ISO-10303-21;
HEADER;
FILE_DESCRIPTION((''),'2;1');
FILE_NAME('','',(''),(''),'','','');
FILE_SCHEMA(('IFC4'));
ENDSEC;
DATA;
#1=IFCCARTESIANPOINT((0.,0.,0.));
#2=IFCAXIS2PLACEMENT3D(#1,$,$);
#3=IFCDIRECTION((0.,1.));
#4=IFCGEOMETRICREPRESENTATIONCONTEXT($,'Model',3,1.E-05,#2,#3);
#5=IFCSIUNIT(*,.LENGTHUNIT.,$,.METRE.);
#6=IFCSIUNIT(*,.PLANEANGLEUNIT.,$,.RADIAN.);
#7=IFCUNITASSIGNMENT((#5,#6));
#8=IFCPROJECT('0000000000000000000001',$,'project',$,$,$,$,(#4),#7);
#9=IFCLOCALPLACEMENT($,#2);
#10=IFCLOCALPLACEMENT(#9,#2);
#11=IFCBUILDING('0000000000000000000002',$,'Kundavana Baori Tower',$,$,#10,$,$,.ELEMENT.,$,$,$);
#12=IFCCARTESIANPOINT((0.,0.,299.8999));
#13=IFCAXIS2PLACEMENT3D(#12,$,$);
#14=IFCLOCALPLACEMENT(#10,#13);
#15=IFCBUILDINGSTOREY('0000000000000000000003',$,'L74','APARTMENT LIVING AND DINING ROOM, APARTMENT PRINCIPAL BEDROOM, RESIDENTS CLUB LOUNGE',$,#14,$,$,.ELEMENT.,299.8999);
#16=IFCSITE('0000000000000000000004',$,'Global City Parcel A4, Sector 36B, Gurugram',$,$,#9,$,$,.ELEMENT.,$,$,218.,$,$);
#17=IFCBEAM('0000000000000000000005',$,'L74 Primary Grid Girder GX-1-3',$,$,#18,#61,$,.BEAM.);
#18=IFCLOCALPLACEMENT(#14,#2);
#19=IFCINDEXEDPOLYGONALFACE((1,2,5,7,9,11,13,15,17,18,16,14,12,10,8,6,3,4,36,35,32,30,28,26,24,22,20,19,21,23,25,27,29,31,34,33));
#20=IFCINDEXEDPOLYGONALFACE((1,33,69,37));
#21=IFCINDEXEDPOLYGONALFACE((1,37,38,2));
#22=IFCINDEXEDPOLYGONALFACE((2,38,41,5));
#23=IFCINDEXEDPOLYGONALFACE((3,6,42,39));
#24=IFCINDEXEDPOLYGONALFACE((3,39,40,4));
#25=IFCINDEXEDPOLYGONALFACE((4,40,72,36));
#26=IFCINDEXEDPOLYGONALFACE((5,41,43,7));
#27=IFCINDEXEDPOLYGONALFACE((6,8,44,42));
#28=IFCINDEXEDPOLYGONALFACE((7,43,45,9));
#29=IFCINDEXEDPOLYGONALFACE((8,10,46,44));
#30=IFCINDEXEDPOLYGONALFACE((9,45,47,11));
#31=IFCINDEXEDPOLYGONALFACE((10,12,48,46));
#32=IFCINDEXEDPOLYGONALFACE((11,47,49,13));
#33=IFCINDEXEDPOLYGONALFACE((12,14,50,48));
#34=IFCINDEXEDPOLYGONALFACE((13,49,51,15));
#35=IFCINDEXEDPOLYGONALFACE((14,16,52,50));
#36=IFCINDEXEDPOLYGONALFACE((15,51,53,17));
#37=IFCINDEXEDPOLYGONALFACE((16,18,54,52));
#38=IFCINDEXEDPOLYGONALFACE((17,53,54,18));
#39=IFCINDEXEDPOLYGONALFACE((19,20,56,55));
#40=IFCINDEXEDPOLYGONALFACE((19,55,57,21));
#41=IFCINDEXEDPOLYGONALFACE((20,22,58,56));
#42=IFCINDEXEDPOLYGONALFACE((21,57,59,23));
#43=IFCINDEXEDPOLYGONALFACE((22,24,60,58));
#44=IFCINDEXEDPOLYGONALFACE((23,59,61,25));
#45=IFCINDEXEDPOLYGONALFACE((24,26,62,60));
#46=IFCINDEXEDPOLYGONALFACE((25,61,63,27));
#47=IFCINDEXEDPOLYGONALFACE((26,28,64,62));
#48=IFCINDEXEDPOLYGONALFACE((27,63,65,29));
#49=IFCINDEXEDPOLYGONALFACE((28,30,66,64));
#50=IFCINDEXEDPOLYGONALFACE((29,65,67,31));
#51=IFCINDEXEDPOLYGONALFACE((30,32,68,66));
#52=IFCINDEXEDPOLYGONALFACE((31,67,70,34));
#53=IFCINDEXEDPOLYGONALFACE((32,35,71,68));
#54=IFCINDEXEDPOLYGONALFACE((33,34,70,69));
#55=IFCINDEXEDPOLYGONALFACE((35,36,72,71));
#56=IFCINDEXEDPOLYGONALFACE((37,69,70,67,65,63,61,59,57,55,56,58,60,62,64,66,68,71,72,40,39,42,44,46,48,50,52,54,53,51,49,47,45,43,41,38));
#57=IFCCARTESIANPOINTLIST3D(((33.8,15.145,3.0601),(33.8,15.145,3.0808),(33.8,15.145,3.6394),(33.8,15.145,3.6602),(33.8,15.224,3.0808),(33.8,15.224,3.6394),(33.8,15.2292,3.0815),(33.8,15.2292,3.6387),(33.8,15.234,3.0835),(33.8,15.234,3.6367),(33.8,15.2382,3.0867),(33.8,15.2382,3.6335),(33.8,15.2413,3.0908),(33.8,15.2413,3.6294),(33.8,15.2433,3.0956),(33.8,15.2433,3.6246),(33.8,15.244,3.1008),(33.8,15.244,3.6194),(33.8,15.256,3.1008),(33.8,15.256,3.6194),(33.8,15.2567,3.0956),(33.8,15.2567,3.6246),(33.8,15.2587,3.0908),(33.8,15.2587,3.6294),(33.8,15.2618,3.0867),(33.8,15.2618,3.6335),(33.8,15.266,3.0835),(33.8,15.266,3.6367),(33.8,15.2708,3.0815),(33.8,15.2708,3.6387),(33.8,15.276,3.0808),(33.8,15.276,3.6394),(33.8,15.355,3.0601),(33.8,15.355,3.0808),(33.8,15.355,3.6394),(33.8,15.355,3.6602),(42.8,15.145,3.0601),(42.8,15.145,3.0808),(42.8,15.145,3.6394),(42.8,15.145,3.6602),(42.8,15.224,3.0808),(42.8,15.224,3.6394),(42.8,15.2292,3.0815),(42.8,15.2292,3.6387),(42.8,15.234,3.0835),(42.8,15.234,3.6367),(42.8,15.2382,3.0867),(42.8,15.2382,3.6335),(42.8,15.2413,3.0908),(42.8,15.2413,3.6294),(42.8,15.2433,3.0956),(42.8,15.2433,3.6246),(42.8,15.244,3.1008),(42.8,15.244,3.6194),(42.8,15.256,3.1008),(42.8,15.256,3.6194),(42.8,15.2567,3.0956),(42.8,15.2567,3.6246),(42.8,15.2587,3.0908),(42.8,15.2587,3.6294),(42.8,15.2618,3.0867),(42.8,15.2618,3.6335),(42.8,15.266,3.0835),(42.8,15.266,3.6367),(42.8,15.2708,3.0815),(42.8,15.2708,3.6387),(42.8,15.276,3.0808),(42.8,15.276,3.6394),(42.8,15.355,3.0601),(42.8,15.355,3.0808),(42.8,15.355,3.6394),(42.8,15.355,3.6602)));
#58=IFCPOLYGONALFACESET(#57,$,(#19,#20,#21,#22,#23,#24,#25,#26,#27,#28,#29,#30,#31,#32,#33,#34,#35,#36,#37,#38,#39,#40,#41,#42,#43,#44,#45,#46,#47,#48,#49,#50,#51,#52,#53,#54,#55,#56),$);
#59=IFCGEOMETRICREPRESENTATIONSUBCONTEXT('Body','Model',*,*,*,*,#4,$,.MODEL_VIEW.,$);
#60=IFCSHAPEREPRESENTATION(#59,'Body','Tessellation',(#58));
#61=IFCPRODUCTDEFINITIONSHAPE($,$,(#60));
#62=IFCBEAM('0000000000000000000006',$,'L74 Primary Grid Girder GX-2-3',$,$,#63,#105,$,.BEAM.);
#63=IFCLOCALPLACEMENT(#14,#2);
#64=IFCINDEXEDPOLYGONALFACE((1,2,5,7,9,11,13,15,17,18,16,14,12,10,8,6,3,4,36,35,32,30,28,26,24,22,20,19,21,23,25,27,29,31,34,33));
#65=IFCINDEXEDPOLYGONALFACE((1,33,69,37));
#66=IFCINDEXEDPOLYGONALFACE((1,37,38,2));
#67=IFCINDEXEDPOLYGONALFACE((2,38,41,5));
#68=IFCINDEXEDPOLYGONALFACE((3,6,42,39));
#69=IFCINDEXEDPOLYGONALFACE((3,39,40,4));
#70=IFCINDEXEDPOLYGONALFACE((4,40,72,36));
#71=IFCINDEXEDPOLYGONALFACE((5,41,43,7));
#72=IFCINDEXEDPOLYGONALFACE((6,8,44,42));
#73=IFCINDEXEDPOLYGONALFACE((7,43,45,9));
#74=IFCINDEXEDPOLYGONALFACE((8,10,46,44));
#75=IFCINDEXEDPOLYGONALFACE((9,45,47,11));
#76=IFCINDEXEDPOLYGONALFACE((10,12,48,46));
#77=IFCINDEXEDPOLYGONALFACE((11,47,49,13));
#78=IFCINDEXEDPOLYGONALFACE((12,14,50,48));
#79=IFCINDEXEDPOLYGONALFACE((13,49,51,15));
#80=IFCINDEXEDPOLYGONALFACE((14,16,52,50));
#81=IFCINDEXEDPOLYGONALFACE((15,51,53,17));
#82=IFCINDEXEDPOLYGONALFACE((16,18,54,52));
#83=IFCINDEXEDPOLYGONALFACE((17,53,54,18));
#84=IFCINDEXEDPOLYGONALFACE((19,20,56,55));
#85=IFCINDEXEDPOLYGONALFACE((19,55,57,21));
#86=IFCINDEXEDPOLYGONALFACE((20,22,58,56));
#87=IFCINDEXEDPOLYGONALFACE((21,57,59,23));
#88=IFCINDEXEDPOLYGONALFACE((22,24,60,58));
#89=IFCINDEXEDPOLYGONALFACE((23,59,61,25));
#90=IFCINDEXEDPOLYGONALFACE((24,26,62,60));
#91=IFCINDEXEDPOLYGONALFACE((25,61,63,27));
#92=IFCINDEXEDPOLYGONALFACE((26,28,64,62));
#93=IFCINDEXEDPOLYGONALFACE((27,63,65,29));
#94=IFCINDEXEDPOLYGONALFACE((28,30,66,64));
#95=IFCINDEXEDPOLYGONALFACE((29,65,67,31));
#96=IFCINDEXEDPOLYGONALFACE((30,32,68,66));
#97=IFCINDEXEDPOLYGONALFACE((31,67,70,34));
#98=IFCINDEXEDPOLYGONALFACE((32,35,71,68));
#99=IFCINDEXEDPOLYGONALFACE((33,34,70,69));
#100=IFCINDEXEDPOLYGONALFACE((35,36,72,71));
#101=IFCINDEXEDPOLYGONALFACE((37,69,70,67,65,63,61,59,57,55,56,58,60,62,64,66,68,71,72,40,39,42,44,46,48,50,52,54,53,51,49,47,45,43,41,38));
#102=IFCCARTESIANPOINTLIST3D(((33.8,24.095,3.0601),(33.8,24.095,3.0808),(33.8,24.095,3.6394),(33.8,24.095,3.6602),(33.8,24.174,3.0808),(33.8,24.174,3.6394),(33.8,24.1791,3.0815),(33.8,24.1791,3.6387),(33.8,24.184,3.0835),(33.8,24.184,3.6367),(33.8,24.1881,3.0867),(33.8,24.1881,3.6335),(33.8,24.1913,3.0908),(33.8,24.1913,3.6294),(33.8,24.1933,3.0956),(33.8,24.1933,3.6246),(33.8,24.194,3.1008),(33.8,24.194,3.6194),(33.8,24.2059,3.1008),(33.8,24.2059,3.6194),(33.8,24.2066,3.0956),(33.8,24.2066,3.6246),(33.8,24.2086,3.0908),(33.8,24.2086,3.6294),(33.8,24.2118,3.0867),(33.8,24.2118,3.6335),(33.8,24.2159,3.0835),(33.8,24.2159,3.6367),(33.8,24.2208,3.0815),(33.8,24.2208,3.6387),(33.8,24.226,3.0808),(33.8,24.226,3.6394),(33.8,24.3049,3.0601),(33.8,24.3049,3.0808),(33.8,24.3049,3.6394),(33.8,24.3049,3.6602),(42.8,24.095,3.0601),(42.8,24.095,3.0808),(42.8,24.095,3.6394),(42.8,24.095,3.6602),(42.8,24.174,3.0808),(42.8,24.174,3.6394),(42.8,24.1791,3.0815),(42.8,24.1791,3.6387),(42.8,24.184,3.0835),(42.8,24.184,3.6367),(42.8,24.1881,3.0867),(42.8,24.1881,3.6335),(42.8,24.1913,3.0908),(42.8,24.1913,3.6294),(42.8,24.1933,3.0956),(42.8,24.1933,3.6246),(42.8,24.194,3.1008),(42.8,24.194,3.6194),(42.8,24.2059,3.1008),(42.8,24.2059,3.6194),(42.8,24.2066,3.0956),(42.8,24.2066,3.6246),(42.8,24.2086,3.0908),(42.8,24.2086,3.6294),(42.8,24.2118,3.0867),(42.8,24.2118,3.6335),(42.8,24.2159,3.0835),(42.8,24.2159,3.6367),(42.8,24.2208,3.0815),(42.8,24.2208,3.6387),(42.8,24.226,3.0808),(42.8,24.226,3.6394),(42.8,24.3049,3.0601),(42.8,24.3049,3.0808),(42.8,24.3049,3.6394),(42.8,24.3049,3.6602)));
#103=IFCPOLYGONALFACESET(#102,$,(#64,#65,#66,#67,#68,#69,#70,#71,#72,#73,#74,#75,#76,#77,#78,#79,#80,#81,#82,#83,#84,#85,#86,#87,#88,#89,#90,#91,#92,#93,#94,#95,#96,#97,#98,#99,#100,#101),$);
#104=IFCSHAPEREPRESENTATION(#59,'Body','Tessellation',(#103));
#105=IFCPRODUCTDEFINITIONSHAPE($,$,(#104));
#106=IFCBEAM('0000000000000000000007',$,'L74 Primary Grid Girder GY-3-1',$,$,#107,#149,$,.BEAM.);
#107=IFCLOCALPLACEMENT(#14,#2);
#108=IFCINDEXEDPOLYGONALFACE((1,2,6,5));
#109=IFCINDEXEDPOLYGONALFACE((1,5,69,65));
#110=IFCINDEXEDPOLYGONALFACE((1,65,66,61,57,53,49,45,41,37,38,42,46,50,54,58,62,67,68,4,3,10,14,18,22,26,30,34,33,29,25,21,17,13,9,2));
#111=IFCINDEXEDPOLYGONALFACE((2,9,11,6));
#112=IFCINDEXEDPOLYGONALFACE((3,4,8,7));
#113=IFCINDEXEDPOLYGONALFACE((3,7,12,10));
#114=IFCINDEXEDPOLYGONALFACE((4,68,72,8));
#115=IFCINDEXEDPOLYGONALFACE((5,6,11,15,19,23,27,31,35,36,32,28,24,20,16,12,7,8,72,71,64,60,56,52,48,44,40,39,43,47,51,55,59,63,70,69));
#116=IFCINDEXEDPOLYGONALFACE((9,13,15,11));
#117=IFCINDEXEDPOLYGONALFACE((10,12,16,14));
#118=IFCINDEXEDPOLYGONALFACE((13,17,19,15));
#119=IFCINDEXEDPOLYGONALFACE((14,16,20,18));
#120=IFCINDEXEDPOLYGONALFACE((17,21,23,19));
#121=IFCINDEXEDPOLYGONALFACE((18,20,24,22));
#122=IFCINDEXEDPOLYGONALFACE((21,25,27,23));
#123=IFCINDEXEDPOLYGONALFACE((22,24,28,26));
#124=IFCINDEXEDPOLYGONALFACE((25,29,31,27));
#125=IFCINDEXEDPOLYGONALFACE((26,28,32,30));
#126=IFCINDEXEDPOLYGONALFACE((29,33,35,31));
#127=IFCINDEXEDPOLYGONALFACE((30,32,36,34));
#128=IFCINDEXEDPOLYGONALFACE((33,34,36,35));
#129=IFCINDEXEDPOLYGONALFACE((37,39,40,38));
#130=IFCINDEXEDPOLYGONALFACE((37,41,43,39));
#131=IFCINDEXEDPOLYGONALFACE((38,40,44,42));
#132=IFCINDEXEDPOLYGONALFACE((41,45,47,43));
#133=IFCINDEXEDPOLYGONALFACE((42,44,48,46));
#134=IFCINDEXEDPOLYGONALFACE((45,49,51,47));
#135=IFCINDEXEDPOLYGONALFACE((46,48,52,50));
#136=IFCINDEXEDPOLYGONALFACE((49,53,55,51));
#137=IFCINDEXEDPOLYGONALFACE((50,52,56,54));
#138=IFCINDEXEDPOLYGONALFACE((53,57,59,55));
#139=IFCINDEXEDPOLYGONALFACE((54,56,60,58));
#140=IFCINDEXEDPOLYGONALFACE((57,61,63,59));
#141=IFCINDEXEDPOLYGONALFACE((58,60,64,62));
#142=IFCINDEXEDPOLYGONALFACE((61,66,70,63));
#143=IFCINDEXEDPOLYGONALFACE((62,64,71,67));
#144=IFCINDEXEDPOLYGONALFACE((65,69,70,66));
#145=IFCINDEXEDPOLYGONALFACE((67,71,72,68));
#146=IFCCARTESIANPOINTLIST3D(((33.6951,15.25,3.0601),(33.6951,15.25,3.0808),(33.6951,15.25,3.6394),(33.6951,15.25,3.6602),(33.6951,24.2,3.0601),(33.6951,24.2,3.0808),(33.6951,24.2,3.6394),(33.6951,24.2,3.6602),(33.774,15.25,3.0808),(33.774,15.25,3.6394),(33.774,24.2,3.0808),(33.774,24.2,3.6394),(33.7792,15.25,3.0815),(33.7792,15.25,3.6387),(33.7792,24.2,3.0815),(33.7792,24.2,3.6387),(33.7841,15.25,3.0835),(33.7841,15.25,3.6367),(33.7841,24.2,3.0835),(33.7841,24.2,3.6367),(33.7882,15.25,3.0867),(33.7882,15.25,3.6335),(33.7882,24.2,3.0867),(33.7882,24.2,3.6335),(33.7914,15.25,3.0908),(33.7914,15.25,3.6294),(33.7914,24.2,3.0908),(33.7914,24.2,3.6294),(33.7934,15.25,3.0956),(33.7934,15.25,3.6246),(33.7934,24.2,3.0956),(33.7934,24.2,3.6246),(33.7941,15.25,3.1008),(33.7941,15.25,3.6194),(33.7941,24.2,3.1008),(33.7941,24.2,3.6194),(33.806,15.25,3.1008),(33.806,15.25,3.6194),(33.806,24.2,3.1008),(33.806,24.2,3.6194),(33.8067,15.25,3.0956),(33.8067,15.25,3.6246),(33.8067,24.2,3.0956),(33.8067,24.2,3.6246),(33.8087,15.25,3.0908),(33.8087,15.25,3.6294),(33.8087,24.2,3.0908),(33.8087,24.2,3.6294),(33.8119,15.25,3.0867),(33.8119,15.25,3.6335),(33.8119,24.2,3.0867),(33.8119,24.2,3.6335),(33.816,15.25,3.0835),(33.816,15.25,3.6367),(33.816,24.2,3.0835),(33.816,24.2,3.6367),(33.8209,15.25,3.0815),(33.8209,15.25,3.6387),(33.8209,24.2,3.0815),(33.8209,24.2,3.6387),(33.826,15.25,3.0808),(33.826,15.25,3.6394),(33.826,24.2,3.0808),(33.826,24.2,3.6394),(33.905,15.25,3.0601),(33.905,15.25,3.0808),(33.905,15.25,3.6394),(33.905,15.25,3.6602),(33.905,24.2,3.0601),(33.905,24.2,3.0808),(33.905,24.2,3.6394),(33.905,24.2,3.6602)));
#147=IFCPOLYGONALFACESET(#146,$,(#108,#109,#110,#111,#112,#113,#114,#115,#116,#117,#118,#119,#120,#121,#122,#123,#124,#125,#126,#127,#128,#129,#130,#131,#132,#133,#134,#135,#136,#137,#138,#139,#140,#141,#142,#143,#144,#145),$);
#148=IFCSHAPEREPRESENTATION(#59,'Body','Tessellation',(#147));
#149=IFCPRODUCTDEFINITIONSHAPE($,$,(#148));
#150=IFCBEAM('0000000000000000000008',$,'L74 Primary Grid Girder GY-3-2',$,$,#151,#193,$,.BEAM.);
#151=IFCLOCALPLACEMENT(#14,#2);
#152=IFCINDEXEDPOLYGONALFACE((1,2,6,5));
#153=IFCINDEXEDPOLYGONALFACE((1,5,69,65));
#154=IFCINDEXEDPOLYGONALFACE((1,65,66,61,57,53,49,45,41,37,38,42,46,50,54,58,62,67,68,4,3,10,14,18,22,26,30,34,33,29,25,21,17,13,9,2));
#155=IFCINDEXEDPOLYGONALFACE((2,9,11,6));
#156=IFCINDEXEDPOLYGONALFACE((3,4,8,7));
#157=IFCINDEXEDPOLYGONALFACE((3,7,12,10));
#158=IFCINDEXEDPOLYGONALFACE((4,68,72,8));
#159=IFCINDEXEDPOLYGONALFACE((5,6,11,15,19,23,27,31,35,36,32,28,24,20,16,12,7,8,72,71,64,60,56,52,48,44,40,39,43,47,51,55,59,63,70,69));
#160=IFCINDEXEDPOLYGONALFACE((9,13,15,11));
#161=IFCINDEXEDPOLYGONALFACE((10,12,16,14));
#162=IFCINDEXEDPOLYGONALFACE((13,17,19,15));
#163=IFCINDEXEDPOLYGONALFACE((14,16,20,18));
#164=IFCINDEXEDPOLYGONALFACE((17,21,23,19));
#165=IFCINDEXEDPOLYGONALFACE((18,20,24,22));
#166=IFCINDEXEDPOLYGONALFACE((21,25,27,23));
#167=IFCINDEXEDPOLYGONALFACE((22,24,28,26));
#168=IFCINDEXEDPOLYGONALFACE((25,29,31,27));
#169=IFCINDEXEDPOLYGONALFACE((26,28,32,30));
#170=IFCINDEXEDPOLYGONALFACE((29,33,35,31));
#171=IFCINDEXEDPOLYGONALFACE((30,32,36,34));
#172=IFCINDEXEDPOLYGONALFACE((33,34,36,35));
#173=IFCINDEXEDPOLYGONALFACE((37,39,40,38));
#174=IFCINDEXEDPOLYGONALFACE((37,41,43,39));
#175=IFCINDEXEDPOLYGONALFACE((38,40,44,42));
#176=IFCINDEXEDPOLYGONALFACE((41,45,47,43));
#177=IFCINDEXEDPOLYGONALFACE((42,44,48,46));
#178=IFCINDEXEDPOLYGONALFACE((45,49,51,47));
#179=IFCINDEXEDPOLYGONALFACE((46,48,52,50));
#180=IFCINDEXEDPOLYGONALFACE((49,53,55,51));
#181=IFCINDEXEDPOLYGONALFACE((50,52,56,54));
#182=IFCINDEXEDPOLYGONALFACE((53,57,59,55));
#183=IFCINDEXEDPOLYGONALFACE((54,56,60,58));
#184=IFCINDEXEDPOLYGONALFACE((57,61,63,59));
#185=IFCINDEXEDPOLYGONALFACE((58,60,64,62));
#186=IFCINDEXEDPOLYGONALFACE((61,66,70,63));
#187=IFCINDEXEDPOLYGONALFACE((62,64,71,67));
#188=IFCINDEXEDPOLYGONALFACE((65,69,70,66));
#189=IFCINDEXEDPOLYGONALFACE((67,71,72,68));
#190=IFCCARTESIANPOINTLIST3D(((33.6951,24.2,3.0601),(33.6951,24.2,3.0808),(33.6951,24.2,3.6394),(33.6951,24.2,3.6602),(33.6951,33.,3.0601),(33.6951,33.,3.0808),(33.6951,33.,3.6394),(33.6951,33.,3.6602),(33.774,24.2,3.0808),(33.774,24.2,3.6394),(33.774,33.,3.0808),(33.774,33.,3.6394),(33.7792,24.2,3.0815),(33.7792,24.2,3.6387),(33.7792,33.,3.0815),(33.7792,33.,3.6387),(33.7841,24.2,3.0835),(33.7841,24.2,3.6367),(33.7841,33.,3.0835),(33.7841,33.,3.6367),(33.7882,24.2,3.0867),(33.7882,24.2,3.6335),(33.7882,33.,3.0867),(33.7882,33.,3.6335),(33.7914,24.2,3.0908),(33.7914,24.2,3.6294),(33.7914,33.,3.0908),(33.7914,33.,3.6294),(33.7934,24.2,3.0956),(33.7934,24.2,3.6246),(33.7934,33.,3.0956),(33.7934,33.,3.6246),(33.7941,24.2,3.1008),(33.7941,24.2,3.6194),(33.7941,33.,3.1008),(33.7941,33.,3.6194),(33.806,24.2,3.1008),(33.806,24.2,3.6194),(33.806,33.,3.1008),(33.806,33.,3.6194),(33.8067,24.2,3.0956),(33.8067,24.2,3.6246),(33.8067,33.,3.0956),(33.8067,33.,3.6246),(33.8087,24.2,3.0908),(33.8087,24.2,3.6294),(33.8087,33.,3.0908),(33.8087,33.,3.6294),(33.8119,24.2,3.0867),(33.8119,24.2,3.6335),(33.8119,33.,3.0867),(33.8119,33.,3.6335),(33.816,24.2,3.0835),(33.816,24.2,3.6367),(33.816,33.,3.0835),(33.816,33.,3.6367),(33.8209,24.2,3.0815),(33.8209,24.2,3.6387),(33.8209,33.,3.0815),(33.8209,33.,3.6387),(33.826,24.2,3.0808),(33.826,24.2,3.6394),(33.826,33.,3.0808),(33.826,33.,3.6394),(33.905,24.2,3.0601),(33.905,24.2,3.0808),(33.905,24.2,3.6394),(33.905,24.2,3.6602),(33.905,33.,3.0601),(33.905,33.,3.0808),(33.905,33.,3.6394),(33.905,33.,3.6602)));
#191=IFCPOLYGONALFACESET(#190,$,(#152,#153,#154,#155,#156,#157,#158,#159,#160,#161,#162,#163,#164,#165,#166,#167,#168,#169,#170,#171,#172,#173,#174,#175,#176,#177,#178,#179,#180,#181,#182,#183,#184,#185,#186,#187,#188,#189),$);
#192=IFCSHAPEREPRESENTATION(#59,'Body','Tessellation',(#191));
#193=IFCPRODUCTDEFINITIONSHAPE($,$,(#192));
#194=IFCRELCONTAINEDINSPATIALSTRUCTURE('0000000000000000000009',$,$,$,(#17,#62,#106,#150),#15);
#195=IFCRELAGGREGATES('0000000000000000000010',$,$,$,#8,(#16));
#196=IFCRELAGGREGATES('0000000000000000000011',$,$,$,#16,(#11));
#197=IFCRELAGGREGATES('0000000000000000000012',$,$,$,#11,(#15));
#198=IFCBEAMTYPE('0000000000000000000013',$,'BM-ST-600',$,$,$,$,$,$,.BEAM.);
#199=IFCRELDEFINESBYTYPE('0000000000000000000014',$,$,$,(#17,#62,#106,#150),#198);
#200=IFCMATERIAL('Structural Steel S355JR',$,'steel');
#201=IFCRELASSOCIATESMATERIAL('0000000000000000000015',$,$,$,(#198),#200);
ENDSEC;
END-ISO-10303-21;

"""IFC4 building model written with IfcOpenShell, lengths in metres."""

from ifc_helpers import new_model, si_unit, direction, frame, origin, origin_2d, place, context, subcontext, project, spatial, i_section, extrude, material, material_profile, profile_set, type_object, element, save


model = new_model("IFC4")

# Units and contexts
model_context = context("Model", 3, precision=1e-05, world=origin(), true_north=direction((0.0, 1.0)))
body_context = subcontext(model_context, "Body", "Model", "MODEL_VIEW")
ifc_project = project(units=[si_unit("LENGTHUNIT", "METRE"), si_unit("PLANEANGLEUNIT", "RADIAN")], contexts=[model_context])

# Site, building, storey
site_placement = place(None, origin())
site = spatial("IfcSite", under=ifc_project, at=site_placement, Name="Global City Parcel A4, Sector 36B, Gurugram", CompositionType="ELEMENT", RefElevation=218.0)
building_placement = place(site_placement, origin())
building = spatial("IfcBuilding", under=site, at=building_placement, Name="Kundavana Baori Tower", CompositionType="ELEMENT")
storey_placement = place(building_placement, frame((0.0, 0.0, 299.8999)))
storey = spatial("IfcBuildingStorey", under=building, at=storey_placement, Name="L74", Description="APARTMENT LIVING AND DINING ROOM, APARTMENT PRINCIPAL BEDROOM, RESIDENTS CLUB LOUNGE", CompositionType="ELEMENT", Elevation=299.8999)

# Beams
ifc_material_1 = material(Name="Structural Steel S355JR", Category="steel")
ifc_material_profile_1 = material_profile(ifc_material_1, i_section(OverallWidth=0.21, OverallDepth=0.6001, WebThickness=0.012, FlangeThickness=0.0208, FilletRadius=0.02, at=origin_2d()), Name="ISMB 600")
ifc_profile_set_1 = profile_set([ifc_material_profile_1], Name="Structural Steel S355JR")
beam_type_1 = type_object("IfcBeamType", Name="BM-ST-600", PredefinedType="BEAM", material=ifc_profile_set_1)
for number, where, z_axis, x_axis, name in (
    (1, (33.8, 15.25, 3.3601), (1.0, 0.0, 0.0), (0.0, 1.0, 0.0), "L74 Primary Grid Girder GX-1-3"),
    (2, (33.8, 24.2, 3.3601), (1.0, 0.0, 0.0), (0.0, 1.0, 0.0), "L74 Primary Grid Girder GX-2-3"),
):
    element("IfcBeam", number, at=place(storey_placement, frame(where, z_axis=z_axis, x_axis=x_axis)), inside=storey, type_object=beam_type_1, Name=name, PredefinedType="BEAM", context=body_context, shape_type="SweptSolid", body=[
        extrude(i_section(OverallWidth=0.21, OverallDepth=0.6001, WebThickness=0.012, FlangeThickness=0.0208, FilletRadius=0.02, at=origin_2d()), origin(), (0.0, 0.0, 1.0), 9.0),
    ])
beam_1_placement = place(storey_placement, frame((33.8, 15.25, 3.3601), z_axis=(0.0, 1.0, 0.0), x_axis=(-1.0, 0.0, 0.0)))
element("IfcBeam", 3, at=beam_1_placement, inside=storey, type_object=beam_type_1, Name="L74 Primary Grid Girder GY-3-1", PredefinedType="BEAM", context=body_context, shape_type="SweptSolid", body=[
    extrude(i_section(OverallWidth=0.21, OverallDepth=0.6001, WebThickness=0.012, FlangeThickness=0.0208, FilletRadius=0.02, at=origin_2d()), origin(), (0.0, 0.0, 1.0), 8.95),
])
beam_2_placement = place(storey_placement, frame((33.8, 24.2, 3.3601), z_axis=(0.0, 1.0, 0.0), x_axis=(-1.0, 0.0, 0.0)))
element("IfcBeam", 4, at=beam_2_placement, inside=storey, type_object=beam_type_1, Name="L74 Primary Grid Girder GY-3-2", PredefinedType="BEAM", context=body_context, shape_type="SweptSolid", body=[
    extrude(i_section(OverallWidth=0.21, OverallDepth=0.6001, WebThickness=0.012, FlangeThickness=0.0208, FilletRadius=0.02, at=origin_2d()), origin(), (0.0, 0.0, 1.0), 8.8),
])

save(model, "model.ifc")
